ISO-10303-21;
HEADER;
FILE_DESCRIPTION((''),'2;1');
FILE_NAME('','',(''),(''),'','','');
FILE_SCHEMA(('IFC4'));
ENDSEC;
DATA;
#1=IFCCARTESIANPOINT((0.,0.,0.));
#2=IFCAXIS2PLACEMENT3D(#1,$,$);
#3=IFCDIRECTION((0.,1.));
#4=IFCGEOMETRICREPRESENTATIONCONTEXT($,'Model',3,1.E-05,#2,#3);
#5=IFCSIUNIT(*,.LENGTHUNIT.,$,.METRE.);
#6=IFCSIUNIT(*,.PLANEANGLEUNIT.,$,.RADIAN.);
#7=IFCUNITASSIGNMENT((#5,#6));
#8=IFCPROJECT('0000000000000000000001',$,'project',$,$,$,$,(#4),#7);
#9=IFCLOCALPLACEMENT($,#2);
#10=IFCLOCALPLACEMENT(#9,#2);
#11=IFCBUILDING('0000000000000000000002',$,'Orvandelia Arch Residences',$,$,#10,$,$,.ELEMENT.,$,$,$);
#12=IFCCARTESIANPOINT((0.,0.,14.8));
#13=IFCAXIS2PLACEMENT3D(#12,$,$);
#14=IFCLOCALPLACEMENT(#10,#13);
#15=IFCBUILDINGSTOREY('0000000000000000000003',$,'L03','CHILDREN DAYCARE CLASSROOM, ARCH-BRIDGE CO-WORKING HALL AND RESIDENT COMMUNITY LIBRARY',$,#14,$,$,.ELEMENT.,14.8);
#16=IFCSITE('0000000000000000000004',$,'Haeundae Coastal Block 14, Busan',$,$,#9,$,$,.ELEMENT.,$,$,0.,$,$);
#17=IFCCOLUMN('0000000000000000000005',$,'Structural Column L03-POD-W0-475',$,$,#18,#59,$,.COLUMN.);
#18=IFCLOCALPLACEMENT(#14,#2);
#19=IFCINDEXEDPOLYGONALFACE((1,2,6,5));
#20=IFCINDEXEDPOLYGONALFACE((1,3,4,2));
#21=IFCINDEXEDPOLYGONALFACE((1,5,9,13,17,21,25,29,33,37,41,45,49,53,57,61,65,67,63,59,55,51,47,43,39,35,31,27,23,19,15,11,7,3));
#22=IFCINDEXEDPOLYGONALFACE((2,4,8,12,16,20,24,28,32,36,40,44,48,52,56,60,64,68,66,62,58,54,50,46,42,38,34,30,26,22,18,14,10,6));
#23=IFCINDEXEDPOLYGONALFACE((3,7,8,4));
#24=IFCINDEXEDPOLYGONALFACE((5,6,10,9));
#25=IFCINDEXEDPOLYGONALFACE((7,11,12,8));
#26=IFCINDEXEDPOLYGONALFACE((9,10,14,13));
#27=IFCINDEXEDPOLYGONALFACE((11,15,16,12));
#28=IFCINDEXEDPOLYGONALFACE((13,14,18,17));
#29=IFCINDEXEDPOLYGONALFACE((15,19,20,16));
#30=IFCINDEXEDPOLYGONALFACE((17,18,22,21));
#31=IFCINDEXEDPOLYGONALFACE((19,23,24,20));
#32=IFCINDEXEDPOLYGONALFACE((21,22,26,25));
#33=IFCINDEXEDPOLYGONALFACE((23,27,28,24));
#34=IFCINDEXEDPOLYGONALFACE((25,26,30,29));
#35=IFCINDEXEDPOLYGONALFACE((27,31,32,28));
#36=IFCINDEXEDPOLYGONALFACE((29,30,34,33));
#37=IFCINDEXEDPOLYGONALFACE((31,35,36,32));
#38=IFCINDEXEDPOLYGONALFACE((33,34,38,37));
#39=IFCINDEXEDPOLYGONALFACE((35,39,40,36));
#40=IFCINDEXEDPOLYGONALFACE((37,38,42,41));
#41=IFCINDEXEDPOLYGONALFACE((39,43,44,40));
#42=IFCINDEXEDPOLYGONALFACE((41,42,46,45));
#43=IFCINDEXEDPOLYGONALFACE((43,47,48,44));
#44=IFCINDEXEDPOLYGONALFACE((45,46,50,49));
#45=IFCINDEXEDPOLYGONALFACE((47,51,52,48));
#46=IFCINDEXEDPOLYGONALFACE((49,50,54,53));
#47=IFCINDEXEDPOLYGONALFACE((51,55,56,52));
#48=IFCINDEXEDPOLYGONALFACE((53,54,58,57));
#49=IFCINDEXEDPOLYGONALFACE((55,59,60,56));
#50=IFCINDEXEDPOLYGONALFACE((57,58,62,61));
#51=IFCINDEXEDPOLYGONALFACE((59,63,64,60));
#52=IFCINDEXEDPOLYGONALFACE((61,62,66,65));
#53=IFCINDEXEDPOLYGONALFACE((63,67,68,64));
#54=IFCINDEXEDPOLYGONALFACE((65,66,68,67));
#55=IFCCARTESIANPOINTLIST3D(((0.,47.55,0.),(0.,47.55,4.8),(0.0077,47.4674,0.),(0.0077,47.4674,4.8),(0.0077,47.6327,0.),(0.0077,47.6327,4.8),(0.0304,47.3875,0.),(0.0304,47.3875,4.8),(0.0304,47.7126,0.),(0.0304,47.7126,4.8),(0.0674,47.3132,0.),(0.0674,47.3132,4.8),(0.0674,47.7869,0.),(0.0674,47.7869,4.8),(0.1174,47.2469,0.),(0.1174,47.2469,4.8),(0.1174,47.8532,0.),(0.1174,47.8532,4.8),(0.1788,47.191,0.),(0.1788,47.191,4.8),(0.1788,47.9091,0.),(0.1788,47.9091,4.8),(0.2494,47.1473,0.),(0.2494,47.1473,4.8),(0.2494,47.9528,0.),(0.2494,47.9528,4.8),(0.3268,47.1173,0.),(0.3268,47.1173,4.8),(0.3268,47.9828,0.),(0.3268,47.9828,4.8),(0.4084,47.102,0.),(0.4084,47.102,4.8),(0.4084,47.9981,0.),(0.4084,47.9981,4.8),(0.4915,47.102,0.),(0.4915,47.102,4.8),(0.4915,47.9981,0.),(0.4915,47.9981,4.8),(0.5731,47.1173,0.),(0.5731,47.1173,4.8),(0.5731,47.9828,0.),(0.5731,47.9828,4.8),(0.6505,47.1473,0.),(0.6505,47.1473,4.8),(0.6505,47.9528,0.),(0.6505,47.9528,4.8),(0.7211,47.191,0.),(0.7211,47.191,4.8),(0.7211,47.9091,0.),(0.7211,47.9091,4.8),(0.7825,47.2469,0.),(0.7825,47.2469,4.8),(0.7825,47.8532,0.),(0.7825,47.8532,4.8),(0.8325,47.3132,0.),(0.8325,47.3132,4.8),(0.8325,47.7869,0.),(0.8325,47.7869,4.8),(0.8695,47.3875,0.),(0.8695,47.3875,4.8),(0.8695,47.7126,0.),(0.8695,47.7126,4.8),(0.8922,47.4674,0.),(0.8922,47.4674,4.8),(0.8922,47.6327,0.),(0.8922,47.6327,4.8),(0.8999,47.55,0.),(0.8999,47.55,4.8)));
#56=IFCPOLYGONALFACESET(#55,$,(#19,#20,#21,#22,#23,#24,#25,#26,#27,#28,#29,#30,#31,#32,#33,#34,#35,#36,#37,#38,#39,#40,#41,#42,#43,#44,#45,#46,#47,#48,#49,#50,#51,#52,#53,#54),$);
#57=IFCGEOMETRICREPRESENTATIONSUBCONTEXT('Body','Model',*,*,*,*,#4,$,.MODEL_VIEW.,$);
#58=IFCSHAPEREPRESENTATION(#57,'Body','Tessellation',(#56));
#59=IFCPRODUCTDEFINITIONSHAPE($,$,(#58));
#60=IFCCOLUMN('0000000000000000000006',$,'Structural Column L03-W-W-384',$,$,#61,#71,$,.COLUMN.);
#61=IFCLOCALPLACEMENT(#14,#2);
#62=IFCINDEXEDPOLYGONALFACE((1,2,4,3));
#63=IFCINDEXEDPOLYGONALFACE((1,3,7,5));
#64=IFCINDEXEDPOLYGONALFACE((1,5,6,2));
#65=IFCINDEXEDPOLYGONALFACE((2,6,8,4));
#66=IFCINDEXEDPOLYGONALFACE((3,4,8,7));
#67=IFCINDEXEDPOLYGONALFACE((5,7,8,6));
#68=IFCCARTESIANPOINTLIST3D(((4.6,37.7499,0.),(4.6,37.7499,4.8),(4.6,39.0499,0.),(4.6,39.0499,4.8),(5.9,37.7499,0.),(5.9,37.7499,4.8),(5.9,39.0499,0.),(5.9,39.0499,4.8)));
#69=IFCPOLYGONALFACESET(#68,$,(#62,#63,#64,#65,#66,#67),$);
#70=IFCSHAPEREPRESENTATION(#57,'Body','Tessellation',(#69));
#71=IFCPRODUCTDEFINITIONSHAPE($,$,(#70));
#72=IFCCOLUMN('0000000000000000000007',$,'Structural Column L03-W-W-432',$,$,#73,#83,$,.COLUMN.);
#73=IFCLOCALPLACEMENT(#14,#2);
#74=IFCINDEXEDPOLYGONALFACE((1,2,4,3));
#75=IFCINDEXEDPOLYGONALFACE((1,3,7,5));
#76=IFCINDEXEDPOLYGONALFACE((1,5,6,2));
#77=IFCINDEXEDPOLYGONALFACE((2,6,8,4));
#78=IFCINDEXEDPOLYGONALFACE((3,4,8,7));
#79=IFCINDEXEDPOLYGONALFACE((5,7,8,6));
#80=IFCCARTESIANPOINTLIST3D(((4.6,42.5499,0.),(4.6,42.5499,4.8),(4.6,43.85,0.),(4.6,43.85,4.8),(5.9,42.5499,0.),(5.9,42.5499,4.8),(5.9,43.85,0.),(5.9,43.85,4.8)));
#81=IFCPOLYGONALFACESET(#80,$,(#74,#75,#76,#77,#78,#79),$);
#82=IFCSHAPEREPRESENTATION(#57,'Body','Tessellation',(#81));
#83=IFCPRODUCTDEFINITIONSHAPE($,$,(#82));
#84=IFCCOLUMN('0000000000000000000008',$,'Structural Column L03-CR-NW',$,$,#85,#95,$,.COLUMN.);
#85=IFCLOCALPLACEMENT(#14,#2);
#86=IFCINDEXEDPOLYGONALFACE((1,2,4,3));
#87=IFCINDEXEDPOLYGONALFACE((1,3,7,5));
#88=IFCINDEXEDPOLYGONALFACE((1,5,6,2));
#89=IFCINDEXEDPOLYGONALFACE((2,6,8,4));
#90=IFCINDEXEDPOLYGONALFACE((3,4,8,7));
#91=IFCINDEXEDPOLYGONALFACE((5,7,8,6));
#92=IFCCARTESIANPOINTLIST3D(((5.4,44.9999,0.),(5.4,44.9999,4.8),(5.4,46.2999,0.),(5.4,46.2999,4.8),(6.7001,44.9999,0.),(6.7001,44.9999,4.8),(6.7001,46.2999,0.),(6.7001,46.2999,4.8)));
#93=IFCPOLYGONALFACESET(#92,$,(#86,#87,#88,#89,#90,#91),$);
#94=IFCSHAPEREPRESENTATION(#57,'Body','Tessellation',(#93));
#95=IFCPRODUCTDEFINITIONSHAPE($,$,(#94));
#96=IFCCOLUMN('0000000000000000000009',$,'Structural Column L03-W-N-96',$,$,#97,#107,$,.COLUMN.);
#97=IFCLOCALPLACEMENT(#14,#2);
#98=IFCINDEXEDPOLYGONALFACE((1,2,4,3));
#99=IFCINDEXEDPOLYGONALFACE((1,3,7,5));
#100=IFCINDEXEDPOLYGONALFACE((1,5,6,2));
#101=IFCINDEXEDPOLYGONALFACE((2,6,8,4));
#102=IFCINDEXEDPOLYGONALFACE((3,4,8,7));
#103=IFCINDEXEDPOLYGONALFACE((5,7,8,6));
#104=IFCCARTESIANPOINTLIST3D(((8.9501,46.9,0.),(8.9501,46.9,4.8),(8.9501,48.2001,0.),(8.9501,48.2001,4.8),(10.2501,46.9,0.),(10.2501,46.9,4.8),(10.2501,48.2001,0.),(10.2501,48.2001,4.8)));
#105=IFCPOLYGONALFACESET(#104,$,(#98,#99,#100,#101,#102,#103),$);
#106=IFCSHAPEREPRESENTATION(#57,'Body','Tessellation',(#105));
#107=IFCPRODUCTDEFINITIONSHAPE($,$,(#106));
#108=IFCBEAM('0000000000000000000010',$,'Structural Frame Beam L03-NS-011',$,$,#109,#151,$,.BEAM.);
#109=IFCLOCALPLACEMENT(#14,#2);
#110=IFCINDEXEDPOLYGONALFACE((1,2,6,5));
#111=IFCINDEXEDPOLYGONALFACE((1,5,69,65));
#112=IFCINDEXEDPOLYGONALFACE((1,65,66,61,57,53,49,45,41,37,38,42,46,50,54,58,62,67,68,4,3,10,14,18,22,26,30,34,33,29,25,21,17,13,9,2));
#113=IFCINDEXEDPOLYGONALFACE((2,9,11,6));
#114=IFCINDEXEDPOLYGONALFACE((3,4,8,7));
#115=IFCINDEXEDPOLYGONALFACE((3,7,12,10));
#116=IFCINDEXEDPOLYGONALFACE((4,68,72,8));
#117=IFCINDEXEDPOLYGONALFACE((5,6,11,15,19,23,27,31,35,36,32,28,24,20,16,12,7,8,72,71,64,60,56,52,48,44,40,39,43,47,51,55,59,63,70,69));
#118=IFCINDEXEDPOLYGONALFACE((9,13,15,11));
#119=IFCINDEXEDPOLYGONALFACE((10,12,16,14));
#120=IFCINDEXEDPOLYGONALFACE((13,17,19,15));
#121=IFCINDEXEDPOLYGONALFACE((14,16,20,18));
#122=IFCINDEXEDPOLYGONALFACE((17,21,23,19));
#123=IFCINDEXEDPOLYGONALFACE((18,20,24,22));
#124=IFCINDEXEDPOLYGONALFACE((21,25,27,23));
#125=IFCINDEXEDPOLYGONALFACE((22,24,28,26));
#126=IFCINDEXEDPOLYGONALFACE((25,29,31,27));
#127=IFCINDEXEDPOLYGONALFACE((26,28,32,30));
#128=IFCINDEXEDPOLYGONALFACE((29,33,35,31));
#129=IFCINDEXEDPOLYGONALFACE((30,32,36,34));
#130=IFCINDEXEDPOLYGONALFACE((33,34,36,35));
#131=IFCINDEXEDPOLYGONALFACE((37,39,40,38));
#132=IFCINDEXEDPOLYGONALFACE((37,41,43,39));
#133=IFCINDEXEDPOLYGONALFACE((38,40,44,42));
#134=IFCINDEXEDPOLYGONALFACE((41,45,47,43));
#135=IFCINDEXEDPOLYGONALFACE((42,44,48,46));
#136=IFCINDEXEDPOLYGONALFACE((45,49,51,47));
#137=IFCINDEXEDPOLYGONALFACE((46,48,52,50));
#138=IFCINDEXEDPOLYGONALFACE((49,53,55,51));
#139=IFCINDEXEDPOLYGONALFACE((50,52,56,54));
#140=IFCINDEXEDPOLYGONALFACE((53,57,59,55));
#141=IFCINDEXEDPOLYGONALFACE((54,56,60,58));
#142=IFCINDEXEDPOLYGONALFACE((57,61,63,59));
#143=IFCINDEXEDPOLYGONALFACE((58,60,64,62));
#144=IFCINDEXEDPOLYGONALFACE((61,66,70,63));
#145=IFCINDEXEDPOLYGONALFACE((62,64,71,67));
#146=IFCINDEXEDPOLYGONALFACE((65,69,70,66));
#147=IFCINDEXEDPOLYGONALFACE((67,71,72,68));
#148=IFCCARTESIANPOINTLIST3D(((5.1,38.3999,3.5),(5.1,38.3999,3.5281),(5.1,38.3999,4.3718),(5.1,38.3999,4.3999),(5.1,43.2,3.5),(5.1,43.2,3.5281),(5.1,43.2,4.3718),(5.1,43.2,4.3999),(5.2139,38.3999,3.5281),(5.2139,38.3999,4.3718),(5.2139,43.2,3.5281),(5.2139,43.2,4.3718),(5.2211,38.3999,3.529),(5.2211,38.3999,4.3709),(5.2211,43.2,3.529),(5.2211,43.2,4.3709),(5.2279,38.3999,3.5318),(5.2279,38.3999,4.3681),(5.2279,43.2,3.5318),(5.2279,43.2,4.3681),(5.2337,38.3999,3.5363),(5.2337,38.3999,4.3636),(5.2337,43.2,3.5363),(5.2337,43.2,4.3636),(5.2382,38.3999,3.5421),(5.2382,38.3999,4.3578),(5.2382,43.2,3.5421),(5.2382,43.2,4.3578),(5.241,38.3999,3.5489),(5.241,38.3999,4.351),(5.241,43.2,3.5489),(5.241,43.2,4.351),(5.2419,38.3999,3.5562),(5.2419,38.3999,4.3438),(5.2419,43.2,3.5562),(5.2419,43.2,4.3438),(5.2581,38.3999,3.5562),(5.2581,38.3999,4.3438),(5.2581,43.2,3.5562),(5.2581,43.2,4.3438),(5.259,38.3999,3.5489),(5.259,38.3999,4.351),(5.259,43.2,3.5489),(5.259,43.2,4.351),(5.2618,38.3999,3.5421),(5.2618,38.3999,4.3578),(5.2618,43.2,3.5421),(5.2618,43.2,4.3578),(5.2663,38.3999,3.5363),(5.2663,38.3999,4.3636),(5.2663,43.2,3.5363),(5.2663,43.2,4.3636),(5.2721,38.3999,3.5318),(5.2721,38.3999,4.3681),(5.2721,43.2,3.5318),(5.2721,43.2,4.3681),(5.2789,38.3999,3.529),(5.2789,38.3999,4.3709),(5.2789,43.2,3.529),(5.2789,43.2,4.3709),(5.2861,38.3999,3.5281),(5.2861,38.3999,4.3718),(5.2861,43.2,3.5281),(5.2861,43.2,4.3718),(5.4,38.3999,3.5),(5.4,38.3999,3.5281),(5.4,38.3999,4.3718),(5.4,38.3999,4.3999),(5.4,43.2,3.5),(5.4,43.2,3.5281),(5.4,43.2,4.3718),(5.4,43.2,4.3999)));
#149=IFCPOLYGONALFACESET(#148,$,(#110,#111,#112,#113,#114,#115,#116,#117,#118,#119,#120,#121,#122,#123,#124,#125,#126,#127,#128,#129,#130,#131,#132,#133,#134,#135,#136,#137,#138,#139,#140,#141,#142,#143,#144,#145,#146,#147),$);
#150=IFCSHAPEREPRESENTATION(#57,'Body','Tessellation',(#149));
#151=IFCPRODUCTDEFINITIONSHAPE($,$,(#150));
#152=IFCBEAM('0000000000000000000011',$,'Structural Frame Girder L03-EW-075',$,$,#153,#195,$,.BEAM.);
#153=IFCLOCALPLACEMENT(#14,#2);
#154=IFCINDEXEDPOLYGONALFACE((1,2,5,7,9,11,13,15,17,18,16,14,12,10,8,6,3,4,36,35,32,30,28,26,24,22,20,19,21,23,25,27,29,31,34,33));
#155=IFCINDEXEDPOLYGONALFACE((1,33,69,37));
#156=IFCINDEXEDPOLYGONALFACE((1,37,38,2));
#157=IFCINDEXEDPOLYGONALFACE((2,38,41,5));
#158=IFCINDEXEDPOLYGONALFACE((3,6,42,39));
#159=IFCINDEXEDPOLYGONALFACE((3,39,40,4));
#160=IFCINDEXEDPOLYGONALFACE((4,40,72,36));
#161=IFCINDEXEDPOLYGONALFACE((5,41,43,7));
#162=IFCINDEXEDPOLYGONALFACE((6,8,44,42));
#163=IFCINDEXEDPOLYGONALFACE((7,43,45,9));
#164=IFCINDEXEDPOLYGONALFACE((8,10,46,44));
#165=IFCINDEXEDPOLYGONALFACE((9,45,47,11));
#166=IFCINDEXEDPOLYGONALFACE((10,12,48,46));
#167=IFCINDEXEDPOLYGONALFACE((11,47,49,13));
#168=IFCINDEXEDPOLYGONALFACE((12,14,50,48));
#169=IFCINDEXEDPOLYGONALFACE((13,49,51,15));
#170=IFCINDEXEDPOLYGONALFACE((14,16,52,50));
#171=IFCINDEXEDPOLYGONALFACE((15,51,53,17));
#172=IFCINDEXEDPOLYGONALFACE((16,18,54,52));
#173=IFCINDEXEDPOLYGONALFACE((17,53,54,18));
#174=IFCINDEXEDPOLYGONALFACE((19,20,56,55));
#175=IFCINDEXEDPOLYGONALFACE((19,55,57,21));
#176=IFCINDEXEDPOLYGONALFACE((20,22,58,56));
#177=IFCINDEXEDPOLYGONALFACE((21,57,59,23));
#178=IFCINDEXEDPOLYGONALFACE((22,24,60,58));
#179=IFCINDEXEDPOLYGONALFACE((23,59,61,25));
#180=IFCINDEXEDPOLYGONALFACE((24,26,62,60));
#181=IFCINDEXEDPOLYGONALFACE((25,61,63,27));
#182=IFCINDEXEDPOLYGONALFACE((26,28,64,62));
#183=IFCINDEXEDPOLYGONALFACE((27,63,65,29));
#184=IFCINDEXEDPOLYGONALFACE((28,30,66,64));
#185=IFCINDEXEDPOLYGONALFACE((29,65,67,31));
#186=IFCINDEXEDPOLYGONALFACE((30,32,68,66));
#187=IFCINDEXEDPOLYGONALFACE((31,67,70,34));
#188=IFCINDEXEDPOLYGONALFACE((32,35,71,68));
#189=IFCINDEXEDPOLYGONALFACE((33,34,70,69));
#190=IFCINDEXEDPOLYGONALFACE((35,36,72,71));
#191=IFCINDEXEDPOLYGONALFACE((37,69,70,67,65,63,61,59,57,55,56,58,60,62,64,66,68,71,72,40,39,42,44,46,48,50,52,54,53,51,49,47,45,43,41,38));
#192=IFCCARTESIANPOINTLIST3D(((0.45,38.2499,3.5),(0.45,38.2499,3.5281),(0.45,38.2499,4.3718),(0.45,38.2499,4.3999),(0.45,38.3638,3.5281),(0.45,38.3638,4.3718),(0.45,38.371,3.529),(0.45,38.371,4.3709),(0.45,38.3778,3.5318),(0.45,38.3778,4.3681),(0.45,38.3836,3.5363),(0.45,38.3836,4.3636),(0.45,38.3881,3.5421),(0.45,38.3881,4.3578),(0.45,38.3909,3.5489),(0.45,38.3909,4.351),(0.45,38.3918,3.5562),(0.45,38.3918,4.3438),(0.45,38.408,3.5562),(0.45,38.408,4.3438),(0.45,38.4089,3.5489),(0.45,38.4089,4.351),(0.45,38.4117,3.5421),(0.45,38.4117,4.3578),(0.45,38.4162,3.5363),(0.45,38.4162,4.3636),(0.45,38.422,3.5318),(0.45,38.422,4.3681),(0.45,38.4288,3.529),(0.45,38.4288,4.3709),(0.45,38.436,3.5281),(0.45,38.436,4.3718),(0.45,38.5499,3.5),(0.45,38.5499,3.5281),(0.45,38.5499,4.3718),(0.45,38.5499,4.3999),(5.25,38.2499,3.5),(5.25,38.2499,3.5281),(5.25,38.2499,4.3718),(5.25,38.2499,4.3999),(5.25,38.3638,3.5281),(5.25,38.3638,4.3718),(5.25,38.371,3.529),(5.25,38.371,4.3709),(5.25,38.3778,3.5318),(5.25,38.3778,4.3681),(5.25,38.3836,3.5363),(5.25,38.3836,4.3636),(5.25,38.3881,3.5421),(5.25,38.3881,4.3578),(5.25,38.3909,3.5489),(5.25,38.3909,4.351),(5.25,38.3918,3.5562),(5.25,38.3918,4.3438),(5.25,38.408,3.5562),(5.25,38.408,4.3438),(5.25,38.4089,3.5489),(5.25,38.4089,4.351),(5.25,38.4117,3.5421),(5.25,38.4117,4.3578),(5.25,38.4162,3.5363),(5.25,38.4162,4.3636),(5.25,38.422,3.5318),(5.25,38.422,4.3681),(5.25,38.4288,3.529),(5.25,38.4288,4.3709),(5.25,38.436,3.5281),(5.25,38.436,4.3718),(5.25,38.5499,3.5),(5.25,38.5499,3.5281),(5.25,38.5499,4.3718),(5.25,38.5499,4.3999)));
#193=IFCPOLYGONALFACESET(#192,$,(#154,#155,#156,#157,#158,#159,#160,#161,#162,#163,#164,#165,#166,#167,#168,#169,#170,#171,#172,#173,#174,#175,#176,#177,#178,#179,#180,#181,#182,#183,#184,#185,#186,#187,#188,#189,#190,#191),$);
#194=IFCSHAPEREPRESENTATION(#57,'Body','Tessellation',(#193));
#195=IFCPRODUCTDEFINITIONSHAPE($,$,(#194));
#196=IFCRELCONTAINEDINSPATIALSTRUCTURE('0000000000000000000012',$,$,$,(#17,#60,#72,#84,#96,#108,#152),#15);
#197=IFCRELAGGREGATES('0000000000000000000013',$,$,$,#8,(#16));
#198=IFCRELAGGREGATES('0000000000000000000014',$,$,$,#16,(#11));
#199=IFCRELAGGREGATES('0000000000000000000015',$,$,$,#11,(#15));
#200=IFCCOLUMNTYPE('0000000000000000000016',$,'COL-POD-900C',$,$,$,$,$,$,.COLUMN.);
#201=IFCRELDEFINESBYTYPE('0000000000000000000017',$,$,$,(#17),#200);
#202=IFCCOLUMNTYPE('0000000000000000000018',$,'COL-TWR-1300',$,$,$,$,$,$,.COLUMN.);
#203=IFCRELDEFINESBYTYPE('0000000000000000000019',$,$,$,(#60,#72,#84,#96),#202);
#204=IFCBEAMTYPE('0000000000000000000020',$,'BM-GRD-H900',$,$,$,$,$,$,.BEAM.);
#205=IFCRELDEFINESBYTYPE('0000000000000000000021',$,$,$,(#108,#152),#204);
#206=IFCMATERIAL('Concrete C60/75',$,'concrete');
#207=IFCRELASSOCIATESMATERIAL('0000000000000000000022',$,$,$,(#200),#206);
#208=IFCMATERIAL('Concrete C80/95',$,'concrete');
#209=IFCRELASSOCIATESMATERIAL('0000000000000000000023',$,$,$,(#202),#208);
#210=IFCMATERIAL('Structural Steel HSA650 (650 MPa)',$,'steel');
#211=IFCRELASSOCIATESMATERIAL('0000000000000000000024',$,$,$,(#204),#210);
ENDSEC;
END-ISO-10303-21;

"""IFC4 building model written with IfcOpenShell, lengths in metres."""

from ifc_helpers import new_model, si_unit, direction, frame, origin, origin_2d, place, context, subcontext, project, spatial, rectangle, circle, i_section, extrude, material, material_profile, profile_set, type_object, element, save


model = new_model("IFC4")

# Units and contexts
model_context = context("Model", 3, precision=1e-05, world=origin(), true_north=direction((0.0, 1.0)))
body_context = subcontext(model_context, "Body", "Model", "MODEL_VIEW")
ifc_project = project(units=[si_unit("LENGTHUNIT", "METRE"), si_unit("PLANEANGLEUNIT", "RADIAN")], contexts=[model_context])

# Site, building, storey
site_placement = place(None, origin())
site = spatial("IfcSite", under=ifc_project, at=site_placement, Name="Haeundae Coastal Block 14, Busan", CompositionType="ELEMENT", RefElevation=0.0)
building_placement = place(site_placement, origin())
building = spatial("IfcBuilding", under=site, at=building_placement, Name="Orvandelia Arch Residences", CompositionType="ELEMENT")
storey_placement = place(building_placement, frame((0.0, 0.0, 14.8)))
storey = spatial("IfcBuildingStorey", under=building, at=storey_placement, Name="L03", Description="CHILDREN DAYCARE CLASSROOM, ARCH-BRIDGE CO-WORKING HALL AND RESIDENT COMMUNITY LIBRARY", CompositionType="ELEMENT", Elevation=14.8)

# Columns
ifc_material_1 = material(Name="Concrete C60/75", Category="concrete")
ifc_material_profile_1 = material_profile(ifc_material_1, circle(Radius=0.45, at=origin_2d()), Name="Concrete C60/75", Category="concrete")
ifc_profile_set_1 = profile_set([ifc_material_profile_1], Name="Concrete C60/75")
column_type_1 = type_object("IfcColumnType", Name="COL-POD-900C", PredefinedType="COLUMN", material=ifc_profile_set_1)
column_placement = place(storey_placement, frame((0.45, 47.55, 0.0), z_axis=(0.0, 0.0, 1.0), x_axis=(1.0, 0.0, 0.0)))
element("IfcColumn", 1, at=column_placement, inside=storey, type_object=column_type_1, Name="Structural Column L03-POD-W0-475", PredefinedType="COLUMN", context=body_context, shape_type="SweptSolid", body=[
    extrude(circle(Radius=0.45, at=origin_2d()), origin(), (0.0, 0.0, 1.0), 4.8),
])
ifc_material_2 = material(Name="Concrete C80/95", Category="concrete")
ifc_material_profile_2 = material_profile(ifc_material_2, rectangle(XDim=1.3, YDim=1.3, at=origin_2d()), Name="Concrete C80/95", Category="concrete")
ifc_profile_set_2 = profile_set([ifc_material_profile_2], Name="Concrete C80/95")
column_type_2 = type_object("IfcColumnType", Name="COL-TWR-1300", PredefinedType="COLUMN", material=ifc_profile_set_2)
for number, where, z_axis, x_axis, name in (
    (2, (5.25, 38.3999, 0.0), (0.0, 0.0, 1.0), (1.0, 0.0, 0.0), "Structural Column L03-W-W-384"),
    (3, (5.25, 43.2, 0.0), (0.0, 0.0, 1.0), (1.0, 0.0, 0.0), "Structural Column L03-W-W-432"),
    (4, (6.05, 45.6499, 0.0), (0.0, 0.0, 1.0), (1.0, 0.0, 0.0), "Structural Column L03-CR-NW"),
    (5, (9.6001, 47.55, 0.0), (0.0, 0.0, 1.0), (1.0, 0.0, 0.0), "Structural Column L03-W-N-96"),
):
    element("IfcColumn", number, at=place(storey_placement, frame(where, z_axis=z_axis, x_axis=x_axis)), inside=storey, type_object=column_type_2, Name=name, PredefinedType="COLUMN", context=body_context, shape_type="SweptSolid", body=[
        extrude(rectangle(XDim=1.3, YDim=1.3, at=origin_2d()), origin(), (0.0, 0.0, 1.0), 4.8),
    ])

# Beams
ifc_material_3 = material(Name="Structural Steel HSA650 (650 MPa)", Category="steel")
ifc_material_profile_3 = material_profile(ifc_material_3, i_section(OverallWidth=0.3, OverallDepth=0.8999, WebThickness=0.0161, FlangeThickness=0.0281, FilletRadius=0.0281, at=origin_2d()), Name="Structural Steel HSA650 (650 MPa)", Category="steel")
ifc_profile_set_3 = profile_set([ifc_material_profile_3], Name="Structural Steel HSA650 (650 MPa)")
beam_type = type_object("IfcBeamType", Name="BM-GRD-H900", PredefinedType="BEAM", material=ifc_profile_set_3)
for number, where, z_axis, x_axis, name in (
    (6, (5.25, 38.3999, 3.95), (0.0, 1.0, 0.0), (-1.0, 0.0, 0.0), "Structural Frame Beam L03-NS-011"),
    (7, (0.45, 38.3999, 3.95), (1.0, 0.0, 0.0), (0.0, 1.0, 0.0), "Structural Frame Girder L03-EW-075"),
):
    element("IfcBeam", number, at=place(storey_placement, frame(where, z_axis=z_axis, x_axis=x_axis)), inside=storey, type_object=beam_type, Name=name, PredefinedType="BEAM", context=body_context, shape_type="SweptSolid", body=[
        extrude(i_section(OverallWidth=0.3, OverallDepth=0.8999, WebThickness=0.0161, FlangeThickness=0.0281, FilletRadius=0.0281, at=origin_2d()), origin(), (0.0, 0.0, 1.0), 4.8),
    ])

save(model, "model.ifc")
